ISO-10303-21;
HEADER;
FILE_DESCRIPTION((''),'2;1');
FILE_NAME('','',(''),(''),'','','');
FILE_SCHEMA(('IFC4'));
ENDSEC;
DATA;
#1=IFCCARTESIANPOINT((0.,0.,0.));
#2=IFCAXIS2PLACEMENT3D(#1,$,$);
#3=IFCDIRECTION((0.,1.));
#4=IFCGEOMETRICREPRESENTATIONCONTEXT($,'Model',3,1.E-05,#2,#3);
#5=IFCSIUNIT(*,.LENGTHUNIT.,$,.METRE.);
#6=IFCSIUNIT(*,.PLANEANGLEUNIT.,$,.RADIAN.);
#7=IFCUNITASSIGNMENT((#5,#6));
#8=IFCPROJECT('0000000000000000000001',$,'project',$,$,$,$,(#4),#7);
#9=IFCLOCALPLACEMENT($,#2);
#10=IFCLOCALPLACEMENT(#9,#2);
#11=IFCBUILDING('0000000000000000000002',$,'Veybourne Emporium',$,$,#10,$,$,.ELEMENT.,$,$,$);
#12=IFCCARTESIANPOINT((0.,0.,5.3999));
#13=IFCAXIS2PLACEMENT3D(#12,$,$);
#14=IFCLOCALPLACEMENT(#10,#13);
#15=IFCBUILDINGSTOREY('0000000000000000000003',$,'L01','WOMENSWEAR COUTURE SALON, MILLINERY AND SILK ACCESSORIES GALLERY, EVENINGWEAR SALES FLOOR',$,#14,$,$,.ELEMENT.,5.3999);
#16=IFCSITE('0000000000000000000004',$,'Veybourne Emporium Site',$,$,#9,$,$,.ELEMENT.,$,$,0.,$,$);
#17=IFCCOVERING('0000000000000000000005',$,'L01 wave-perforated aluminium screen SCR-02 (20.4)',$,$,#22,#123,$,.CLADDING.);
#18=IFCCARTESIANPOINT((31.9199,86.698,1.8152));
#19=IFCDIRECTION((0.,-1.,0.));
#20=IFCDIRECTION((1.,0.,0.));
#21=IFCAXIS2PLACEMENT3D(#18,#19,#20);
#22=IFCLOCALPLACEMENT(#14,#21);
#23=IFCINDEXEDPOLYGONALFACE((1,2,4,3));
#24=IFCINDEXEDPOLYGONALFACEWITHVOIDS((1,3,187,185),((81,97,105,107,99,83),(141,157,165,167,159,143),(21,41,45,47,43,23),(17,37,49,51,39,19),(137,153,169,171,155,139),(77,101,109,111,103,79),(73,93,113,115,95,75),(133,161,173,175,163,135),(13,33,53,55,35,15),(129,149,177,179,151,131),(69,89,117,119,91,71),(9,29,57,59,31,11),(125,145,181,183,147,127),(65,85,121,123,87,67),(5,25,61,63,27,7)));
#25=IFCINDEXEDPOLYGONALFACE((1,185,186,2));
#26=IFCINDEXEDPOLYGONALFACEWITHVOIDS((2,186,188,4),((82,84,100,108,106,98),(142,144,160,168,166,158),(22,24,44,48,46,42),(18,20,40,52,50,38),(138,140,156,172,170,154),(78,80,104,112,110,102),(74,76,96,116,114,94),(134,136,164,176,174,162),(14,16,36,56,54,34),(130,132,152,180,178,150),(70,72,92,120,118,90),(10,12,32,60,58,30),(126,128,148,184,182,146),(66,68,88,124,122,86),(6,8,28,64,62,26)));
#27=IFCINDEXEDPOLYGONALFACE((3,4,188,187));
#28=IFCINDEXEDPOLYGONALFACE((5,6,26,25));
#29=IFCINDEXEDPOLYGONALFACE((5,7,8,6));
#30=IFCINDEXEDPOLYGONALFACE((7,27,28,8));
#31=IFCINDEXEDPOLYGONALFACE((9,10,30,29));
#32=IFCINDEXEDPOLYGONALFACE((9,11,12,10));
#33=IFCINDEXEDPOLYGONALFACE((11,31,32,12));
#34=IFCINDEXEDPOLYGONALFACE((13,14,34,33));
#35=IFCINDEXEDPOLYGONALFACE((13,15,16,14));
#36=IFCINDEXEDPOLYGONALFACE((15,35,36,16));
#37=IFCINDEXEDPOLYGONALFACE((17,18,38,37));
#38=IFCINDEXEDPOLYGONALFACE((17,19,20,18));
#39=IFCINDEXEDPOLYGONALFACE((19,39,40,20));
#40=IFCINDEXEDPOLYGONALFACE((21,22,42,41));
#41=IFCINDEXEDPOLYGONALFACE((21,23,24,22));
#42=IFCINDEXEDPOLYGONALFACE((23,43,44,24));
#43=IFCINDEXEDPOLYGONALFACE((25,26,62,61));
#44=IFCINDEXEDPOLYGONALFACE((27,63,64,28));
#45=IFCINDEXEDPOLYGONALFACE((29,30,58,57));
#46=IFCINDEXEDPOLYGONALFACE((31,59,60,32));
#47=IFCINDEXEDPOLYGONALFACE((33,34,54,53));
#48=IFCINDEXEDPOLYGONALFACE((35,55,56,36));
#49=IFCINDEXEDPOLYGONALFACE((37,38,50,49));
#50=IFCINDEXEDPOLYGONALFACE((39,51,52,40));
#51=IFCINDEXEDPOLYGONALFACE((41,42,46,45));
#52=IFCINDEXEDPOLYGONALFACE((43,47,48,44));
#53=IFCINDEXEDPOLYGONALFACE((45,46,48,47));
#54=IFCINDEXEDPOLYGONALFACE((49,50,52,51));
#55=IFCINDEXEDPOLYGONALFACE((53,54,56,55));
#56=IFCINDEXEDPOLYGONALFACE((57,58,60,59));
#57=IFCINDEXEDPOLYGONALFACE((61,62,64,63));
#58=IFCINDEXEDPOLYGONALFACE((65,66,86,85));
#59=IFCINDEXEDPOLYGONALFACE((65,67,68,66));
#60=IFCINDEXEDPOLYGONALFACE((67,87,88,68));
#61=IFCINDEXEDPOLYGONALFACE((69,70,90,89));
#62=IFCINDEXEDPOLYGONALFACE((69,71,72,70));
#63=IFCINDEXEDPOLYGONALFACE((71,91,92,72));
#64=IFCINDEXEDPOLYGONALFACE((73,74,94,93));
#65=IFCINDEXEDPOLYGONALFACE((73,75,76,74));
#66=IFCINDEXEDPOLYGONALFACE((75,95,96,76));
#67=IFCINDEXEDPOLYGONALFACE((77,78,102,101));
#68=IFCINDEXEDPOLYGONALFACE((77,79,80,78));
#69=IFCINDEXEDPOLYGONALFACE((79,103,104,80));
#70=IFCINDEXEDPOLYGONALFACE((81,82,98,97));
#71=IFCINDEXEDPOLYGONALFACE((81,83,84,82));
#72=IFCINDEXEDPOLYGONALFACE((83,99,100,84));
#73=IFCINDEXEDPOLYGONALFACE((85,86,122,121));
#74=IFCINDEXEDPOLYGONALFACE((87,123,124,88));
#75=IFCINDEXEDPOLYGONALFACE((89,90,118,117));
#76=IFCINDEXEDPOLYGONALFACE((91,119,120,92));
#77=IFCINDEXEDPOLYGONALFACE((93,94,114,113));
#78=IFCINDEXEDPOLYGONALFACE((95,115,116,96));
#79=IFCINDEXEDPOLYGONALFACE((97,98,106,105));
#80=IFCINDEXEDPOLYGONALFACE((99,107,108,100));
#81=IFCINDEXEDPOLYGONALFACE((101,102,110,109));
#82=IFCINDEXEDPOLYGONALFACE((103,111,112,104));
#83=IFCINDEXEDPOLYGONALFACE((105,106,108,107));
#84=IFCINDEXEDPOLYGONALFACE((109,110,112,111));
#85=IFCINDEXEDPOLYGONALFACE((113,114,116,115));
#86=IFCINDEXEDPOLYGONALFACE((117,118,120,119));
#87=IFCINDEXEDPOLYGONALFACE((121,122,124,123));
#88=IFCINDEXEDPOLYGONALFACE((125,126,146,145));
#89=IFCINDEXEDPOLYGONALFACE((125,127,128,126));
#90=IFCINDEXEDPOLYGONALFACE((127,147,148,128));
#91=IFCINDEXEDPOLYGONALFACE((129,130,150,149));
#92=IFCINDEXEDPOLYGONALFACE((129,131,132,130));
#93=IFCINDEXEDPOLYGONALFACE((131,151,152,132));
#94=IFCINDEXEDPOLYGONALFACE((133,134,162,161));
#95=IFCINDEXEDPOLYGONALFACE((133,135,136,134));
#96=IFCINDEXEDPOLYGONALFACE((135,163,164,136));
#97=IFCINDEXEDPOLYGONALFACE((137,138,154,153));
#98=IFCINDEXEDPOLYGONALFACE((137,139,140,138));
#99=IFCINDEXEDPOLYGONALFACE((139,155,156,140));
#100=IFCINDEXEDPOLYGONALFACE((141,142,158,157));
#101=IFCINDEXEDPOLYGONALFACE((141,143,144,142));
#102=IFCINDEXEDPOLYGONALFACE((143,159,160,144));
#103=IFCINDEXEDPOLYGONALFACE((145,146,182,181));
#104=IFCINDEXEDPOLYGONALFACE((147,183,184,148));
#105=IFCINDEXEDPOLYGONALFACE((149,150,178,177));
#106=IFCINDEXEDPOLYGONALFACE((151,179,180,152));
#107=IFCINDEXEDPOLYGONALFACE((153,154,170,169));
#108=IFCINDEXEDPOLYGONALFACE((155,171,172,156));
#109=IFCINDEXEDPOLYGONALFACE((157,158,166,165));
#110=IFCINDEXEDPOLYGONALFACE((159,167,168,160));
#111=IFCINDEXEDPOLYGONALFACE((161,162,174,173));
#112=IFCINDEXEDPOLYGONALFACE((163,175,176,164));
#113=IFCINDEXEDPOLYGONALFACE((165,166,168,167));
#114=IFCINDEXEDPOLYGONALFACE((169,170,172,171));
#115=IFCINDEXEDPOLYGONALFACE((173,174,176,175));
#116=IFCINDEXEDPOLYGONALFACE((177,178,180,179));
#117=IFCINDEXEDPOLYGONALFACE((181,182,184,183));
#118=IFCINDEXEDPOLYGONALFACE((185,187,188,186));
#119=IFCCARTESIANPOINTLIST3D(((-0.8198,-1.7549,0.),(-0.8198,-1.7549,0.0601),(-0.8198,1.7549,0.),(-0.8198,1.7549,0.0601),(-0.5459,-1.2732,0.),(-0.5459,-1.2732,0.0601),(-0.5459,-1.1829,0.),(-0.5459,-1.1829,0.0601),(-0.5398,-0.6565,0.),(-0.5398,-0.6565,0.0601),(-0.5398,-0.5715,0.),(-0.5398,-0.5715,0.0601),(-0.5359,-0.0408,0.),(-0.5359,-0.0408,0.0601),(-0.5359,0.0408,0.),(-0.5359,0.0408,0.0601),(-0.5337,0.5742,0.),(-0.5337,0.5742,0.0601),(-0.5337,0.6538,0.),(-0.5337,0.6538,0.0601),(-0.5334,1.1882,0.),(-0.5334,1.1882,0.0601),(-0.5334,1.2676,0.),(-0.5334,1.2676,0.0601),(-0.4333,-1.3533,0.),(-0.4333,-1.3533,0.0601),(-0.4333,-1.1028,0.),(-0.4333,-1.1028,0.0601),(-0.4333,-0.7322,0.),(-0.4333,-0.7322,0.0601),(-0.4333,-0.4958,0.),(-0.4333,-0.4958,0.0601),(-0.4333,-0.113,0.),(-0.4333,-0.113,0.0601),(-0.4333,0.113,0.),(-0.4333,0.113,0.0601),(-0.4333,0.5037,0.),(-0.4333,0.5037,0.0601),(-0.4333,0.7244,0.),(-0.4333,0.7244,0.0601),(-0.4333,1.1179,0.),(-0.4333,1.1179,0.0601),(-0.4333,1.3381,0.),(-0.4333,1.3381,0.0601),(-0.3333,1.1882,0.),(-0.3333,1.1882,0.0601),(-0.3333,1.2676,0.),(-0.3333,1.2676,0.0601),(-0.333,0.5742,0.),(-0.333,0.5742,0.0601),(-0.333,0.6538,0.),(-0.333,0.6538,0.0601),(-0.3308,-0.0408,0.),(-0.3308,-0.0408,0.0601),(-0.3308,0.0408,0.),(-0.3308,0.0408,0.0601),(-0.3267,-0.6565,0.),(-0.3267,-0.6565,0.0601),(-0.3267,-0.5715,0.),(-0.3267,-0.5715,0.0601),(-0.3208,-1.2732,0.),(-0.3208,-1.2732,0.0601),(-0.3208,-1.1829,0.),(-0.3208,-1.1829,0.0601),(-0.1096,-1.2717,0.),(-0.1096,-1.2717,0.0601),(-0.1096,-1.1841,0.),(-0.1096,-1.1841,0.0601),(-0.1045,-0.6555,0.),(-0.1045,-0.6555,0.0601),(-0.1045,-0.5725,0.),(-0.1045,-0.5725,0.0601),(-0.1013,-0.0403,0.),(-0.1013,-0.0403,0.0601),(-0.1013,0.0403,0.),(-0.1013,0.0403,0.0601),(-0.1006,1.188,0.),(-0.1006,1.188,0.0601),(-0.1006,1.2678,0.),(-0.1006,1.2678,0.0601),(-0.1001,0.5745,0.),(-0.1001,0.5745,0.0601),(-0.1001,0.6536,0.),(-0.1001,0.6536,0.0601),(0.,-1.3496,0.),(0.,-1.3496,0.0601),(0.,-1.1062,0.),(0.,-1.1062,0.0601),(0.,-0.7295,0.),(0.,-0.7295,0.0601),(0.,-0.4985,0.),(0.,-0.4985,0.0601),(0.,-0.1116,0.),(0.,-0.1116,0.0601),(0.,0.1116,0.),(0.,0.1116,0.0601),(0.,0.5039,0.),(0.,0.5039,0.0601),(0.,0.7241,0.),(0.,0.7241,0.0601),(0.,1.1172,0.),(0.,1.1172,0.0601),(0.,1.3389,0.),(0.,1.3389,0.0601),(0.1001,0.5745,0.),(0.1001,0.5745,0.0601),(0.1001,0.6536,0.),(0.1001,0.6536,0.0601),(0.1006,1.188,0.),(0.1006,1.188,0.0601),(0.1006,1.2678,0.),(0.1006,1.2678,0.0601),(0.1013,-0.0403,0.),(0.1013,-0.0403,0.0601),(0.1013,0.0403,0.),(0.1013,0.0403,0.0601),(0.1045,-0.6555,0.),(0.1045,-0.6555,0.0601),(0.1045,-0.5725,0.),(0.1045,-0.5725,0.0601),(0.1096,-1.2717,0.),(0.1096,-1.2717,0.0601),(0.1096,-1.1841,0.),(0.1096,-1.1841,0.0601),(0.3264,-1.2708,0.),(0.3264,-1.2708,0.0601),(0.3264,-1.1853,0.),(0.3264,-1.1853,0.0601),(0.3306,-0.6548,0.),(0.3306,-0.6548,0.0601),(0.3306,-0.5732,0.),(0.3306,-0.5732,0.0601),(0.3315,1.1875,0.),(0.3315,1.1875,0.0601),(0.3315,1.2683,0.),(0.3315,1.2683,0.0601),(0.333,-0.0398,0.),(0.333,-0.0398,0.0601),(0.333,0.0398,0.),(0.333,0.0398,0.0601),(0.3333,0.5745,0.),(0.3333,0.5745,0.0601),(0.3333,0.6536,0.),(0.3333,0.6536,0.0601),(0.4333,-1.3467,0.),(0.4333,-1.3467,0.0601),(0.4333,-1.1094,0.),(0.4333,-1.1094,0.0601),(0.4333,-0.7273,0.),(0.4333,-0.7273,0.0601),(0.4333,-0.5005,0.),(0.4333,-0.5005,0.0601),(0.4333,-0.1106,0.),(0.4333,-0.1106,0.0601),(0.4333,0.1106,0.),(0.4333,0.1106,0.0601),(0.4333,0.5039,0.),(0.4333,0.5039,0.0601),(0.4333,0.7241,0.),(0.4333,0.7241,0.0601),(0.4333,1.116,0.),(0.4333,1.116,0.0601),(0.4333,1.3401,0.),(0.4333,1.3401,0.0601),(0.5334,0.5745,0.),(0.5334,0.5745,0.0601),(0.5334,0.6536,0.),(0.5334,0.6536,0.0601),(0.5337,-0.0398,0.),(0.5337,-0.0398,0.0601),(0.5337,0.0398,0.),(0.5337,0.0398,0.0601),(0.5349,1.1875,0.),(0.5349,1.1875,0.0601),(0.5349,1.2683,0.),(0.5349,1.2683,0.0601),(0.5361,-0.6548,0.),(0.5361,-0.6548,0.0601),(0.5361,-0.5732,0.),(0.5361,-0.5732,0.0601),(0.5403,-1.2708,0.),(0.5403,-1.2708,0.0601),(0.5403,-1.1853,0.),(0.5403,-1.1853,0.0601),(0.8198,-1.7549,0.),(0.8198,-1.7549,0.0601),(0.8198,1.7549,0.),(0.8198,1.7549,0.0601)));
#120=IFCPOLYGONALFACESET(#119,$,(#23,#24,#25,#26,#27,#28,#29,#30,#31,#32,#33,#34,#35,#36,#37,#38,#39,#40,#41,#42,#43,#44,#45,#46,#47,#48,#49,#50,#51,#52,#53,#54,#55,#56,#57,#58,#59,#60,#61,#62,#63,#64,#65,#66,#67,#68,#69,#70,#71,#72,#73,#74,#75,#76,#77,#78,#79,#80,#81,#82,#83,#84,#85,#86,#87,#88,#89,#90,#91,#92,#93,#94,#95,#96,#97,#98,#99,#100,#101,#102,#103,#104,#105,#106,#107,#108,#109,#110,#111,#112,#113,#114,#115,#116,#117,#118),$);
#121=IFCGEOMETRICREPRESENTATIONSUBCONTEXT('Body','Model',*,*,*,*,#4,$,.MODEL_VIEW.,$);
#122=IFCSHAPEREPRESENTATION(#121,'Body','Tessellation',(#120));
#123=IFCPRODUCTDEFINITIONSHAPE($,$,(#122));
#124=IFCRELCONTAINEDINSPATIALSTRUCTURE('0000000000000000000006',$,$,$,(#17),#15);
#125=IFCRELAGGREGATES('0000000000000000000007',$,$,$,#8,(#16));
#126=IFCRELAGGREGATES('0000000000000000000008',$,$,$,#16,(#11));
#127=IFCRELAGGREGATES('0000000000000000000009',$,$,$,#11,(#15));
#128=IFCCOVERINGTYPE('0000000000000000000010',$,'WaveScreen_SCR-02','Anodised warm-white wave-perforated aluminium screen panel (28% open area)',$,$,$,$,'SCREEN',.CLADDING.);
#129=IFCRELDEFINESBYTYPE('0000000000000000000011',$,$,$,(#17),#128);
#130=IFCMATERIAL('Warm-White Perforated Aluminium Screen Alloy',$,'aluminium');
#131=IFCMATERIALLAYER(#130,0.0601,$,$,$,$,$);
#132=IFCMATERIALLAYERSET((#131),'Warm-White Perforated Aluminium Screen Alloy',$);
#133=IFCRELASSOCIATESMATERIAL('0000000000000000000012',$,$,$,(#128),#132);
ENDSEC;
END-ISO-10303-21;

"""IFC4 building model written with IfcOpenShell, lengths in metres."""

from ifc_helpers import new_model, si_unit, direction, frame, origin, place, context, subcontext, project, spatial, polyline, outline, extrude, material, layer, layer_set, type_object, element, save


model = new_model("IFC4")

# Units and contexts
model_context = context("Model", 3, precision=1e-05, world=origin(), true_north=direction((0.0, 1.0)))
body_context = subcontext(model_context, "Body", "Model", "MODEL_VIEW")
ifc_project = project(units=[si_unit("LENGTHUNIT", "METRE"), si_unit("PLANEANGLEUNIT", "RADIAN")], contexts=[model_context])

# Site, building, storey
site_placement = place(None, origin())
site = spatial("IfcSite", under=ifc_project, at=site_placement, Name="Veybourne Emporium Site", CompositionType="ELEMENT", RefElevation=0.0)
building_placement = place(site_placement, origin())
building = spatial("IfcBuilding", under=site, at=building_placement, Name="Veybourne Emporium", CompositionType="ELEMENT")
storey_placement = place(building_placement, frame((0.0, 0.0, 5.3999)))
storey = spatial("IfcBuildingStorey", under=building, at=storey_placement, Name="L01", Description="WOMENSWEAR COUTURE SALON, MILLINERY AND SILK ACCESSORIES GALLERY, EVENINGWEAR SALES FLOOR", CompositionType="ELEMENT", Elevation=5.3999)

# Covering
ifc_material_1 = material(Name="Warm-White Perforated Aluminium Screen Alloy", Category="aluminium")
ifc_layer_1 = layer(ifc_material_1, 0.0601)
ifc_layer_set_1 = layer_set([ifc_layer_1], Name="Warm-White Perforated Aluminium Screen Alloy")
covering_type_1 = type_object("IfcCoveringType", Name="WaveScreen_SCR-02", Description="Anodised warm-white wave-perforated aluminium screen panel (28% open area)", ElementType="SCREEN", PredefinedType="CLADDING", material=ifc_layer_set_1)
covering_1_placement = place(storey_placement, frame((31.9199, 86.698, 1.8152), z_axis=(0.0, -1.0, 0.0), x_axis=(1.0, 0.0, 0.0)))
element("IfcCovering", 1, at=covering_1_placement, inside=storey, type_object=covering_type_1, Name="L01 wave-perforated aluminium screen SCR-02 (20.4)", PredefinedType="CLADDING", context=body_context, shape_type="SweptSolid", body=[
    extrude(outline(polyline([(-0.8198, -1.7549), (0.8198, -1.7549), (0.8198, 1.7549), (-0.8198, 1.7549), (-0.8198, -1.7549)]), holes=[polyline([(-0.4333, -1.1028), (-0.3208, -1.1829), (-0.3208, -1.2732), (-0.4333, -1.3533), (-0.5459, -1.2732), (-0.5459, -1.1829), (-0.4333, -1.1028)]), polyline([(-0.4333, -0.4958), (-0.3267, -0.5715), (-0.3267, -0.6565), (-0.4333, -0.7322), (-0.5398, -0.6565), (-0.5398, -0.5715), (-0.4333, -0.4958)]), polyline([(-0.4333, 0.113), (-0.3308, 0.0408), (-0.3308, -0.0408), (-0.4333, -0.113), (-0.5359, -0.0408), (-0.5359, 0.0408), (-0.4333, 0.113)]), polyline([(-0.4333, 0.7244), (-0.333, 0.6538), (-0.333, 0.5742), (-0.4333, 0.5037), (-0.5337, 0.5742), (-0.5337, 0.6538), (-0.4333, 0.7244)]), polyline([(-0.4333, 1.3381), (-0.3333, 1.2676), (-0.3333, 1.1882), (-0.4333, 1.1179), (-0.5334, 1.1882), (-0.5334, 1.2676), (-0.4333, 1.3381)]), polyline([(0.0, -1.1062), (0.1096, -1.1841), (0.1096, -1.2717), (0.0, -1.3496), (-0.1096, -1.2717), (-0.1096, -1.1841), (0.0, -1.1062)]), polyline([(0.0, -0.4985), (0.1045, -0.5725), (0.1045, -0.6555), (0.0, -0.7295), (-0.1045, -0.6555), (-0.1045, -0.5725), (0.0, -0.4985)]), polyline([(0.0, 0.1116), (0.1013, 0.0403), (0.1013, -0.0403), (0.0, -0.1116), (-0.1013, -0.0403), (-0.1013, 0.0403), (0.0, 0.1116)]), polyline([(0.0, 0.7241), (0.1001, 0.6536), (0.1001, 0.5745), (0.0, 0.5039), (-0.1001, 0.5745), (-0.1001, 0.6536), (0.0, 0.7241)]), polyline([(0.0, 1.3389), (0.1006, 1.2678), (0.1006, 1.188), (0.0, 1.1172), (-0.1006, 1.188), (-0.1006, 1.2678), (0.0, 1.3389)]), polyline([(0.4333, -1.1094), (0.5403, -1.1853), (0.5403, -1.2708), (0.4333, -1.3467), (0.3264, -1.2708), (0.3264, -1.1853), (0.4333, -1.1094)]), polyline([(0.4333, -0.5005), (0.5361, -0.5732), (0.5361, -0.6548), (0.4333, -0.7273), (0.3306, -0.6548), (0.3306, -0.5732), (0.4333, -0.5005)]), polyline([(0.4333, 0.1106), (0.5337, 0.0398), (0.5337, -0.0398), (0.4333, -0.1106), (0.333, -0.0398), (0.333, 0.0398), (0.4333, 0.1106)]), polyline([(0.4333, 0.7241), (0.5334, 0.6536), (0.5334, 0.5745), (0.4333, 0.5039), (0.3333, 0.5745), (0.3333, 0.6536), (0.4333, 0.7241)]), polyline([(0.4333, 1.3401), (0.5349, 1.2683), (0.5349, 1.1875), (0.4333, 1.116), (0.3315, 1.1875), (0.3315, 1.2683), (0.4333, 1.3401)])]), origin(), (0.0, 0.0, 1.0), 0.0601),
])

save(model, "model.ifc")
